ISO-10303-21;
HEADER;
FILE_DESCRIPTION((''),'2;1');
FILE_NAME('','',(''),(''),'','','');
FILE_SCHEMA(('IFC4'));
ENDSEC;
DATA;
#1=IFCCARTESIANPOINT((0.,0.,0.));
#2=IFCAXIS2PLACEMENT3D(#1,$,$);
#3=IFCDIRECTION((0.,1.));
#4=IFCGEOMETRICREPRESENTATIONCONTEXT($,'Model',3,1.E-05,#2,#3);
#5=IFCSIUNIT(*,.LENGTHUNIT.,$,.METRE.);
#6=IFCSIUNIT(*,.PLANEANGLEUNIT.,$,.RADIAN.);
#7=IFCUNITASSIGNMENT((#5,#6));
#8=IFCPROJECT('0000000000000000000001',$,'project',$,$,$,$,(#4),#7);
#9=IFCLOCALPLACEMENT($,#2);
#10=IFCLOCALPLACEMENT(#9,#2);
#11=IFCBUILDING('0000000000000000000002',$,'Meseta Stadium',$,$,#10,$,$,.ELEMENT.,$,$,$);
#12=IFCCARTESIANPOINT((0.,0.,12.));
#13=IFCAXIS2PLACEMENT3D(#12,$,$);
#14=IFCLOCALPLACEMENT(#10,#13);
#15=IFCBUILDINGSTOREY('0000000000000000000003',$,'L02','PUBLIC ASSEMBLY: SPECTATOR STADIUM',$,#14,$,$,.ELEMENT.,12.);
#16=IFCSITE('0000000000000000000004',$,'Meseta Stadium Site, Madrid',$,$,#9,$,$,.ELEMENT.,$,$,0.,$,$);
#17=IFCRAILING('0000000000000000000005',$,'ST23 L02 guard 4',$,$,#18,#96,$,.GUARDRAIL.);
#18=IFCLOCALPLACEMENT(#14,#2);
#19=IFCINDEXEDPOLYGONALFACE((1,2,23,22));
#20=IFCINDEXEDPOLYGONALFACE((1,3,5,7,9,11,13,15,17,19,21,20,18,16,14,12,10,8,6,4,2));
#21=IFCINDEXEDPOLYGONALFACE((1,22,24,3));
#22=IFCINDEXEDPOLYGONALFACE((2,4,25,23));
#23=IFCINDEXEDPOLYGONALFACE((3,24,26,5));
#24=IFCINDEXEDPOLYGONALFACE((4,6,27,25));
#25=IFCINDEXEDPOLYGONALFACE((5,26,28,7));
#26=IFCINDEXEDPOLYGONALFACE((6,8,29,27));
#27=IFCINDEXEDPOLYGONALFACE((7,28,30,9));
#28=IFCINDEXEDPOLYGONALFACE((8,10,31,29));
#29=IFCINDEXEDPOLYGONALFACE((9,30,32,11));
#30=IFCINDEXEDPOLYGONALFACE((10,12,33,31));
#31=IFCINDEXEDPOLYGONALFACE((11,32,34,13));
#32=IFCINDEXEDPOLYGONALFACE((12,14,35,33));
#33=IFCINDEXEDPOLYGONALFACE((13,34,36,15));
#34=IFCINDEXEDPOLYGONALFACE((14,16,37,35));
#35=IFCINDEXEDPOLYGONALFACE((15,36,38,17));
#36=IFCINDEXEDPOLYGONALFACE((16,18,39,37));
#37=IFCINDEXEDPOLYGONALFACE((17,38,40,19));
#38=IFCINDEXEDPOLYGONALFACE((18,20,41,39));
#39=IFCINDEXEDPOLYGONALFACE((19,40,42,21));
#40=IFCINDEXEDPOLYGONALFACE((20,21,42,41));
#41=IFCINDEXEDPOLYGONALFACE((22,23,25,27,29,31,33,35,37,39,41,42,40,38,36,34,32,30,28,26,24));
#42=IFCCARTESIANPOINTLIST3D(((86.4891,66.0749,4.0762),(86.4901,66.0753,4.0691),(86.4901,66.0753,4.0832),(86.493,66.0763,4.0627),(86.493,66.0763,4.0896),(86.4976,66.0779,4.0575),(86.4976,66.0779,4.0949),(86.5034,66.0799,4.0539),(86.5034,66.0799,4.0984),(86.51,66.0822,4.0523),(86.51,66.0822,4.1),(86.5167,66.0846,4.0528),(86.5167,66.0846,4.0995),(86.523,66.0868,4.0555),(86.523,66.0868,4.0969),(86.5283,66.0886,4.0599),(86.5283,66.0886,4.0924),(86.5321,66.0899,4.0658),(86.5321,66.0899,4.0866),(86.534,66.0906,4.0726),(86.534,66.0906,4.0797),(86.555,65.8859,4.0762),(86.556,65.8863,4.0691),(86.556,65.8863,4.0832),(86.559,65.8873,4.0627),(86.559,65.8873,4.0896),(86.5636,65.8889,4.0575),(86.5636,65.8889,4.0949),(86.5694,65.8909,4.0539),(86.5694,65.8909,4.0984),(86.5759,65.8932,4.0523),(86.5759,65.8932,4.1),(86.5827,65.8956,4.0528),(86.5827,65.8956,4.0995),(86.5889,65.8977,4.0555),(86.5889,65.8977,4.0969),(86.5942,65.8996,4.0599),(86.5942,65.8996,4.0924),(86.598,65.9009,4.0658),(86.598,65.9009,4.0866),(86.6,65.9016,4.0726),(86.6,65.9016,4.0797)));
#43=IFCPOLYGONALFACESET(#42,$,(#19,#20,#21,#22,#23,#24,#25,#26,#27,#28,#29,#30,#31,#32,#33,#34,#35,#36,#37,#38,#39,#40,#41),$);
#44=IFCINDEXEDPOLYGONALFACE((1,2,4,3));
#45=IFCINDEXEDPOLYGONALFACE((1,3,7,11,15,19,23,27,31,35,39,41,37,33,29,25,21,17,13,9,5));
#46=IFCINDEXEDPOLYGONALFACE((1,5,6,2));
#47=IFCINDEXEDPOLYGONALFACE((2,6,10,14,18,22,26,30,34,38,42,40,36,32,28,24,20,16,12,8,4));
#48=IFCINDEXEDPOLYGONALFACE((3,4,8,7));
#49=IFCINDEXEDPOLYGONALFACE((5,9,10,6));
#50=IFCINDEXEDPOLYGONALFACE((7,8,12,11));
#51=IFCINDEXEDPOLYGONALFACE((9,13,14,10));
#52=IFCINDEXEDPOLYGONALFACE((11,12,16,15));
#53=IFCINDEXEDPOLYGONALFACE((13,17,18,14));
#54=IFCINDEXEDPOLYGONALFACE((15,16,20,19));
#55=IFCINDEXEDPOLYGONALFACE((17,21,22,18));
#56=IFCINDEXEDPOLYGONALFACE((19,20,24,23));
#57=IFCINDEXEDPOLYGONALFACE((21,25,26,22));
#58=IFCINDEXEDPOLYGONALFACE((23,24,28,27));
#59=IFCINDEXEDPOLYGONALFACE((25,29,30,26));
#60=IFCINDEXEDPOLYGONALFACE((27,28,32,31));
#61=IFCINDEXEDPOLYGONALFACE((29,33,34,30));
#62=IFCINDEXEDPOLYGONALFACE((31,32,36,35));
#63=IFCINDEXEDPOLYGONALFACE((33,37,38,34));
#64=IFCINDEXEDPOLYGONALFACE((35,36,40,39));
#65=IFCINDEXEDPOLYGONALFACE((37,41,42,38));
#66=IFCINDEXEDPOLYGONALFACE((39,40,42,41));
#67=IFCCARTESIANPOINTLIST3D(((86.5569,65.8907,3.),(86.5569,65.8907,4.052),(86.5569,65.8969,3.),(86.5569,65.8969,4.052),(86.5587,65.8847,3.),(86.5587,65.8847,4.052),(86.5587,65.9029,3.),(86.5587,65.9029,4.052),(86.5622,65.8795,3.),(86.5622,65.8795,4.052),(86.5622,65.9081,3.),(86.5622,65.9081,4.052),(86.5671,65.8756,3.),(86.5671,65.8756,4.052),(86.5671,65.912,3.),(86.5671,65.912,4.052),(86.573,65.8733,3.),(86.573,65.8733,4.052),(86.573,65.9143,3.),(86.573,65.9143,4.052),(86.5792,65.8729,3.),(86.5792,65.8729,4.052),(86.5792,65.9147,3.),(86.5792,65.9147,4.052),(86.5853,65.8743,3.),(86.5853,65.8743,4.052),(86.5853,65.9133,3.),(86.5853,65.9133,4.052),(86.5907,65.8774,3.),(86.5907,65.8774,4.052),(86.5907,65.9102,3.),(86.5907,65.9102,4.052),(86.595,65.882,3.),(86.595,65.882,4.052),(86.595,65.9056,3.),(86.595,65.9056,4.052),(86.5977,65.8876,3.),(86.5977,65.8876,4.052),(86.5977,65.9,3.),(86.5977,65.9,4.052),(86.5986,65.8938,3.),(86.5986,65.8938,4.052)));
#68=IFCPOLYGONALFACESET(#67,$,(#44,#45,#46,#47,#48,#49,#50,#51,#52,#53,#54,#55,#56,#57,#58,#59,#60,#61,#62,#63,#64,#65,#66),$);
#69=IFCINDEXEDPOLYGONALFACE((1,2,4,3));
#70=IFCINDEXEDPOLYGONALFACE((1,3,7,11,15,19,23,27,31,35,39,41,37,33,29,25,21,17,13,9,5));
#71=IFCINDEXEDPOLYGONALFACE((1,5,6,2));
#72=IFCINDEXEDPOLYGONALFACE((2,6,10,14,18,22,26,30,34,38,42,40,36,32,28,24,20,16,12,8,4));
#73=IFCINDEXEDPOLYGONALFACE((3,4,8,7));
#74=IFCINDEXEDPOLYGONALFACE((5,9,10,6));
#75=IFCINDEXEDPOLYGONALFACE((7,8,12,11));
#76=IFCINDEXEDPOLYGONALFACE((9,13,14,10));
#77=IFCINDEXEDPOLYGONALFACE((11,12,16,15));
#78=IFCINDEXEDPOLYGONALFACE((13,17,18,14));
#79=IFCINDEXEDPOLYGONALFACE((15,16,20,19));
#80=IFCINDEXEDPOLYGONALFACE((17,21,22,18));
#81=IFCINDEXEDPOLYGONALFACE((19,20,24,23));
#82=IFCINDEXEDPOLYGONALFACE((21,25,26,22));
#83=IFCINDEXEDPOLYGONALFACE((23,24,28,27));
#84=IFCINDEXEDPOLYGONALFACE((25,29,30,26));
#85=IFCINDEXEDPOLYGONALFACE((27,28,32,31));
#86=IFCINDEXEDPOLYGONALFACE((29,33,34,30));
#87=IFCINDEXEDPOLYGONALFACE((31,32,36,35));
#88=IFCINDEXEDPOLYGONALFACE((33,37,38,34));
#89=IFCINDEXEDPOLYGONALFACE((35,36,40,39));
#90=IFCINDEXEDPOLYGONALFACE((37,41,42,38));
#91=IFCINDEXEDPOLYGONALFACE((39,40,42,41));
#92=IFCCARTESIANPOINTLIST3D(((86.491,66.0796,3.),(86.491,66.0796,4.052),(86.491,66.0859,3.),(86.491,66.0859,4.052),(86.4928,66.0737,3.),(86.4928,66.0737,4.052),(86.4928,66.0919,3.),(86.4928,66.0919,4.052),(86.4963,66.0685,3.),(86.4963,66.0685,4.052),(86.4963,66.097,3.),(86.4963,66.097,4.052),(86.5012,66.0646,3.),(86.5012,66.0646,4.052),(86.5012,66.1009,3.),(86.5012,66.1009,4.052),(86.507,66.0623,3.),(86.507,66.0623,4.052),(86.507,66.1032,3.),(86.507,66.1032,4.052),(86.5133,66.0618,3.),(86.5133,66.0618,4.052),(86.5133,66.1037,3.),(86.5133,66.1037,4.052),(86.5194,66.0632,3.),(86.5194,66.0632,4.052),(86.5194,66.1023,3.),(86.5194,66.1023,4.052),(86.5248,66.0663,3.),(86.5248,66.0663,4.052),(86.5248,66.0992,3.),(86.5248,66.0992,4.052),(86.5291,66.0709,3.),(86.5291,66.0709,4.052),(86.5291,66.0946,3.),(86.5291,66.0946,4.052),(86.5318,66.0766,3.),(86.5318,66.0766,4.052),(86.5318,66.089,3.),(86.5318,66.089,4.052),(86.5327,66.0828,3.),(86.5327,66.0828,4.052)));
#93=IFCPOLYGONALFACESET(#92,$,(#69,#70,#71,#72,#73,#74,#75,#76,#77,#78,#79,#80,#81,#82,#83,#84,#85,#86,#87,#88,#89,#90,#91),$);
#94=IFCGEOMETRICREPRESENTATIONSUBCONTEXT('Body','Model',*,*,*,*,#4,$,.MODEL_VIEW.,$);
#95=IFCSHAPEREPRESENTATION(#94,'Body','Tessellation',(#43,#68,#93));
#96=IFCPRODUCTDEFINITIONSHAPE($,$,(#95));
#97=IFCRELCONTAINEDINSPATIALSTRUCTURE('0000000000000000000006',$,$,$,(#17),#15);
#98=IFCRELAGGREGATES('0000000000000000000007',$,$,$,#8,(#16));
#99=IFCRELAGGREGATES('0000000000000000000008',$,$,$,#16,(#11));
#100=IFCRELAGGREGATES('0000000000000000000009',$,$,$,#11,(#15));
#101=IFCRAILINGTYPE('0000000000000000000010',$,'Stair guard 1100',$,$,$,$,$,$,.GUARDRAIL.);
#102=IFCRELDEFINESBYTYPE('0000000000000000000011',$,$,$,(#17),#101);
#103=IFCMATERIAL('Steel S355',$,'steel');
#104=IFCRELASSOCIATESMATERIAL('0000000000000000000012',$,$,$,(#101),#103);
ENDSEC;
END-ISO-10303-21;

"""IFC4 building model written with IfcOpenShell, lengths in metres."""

from ifc_helpers import new_model, si_unit, direction, frame, origin, origin_2d, place, context, subcontext, project, spatial, circle, extrude, material, type_object, element, save


model = new_model("IFC4")

# Units and contexts
model_context = context("Model", 3, precision=1e-05, world=origin(), true_north=direction((0.0, 1.0)))
body_context = subcontext(model_context, "Body", "Model", "MODEL_VIEW")
ifc_project = project(units=[si_unit("LENGTHUNIT", "METRE"), si_unit("PLANEANGLEUNIT", "RADIAN")], contexts=[model_context])

# Site, building, storey
site_placement = place(None, origin())
site = spatial("IfcSite", under=ifc_project, at=site_placement, Name="Meseta Stadium Site, Madrid", CompositionType="ELEMENT", RefElevation=0.0)
building_placement = place(site_placement, origin())
building = spatial("IfcBuilding", under=site, at=building_placement, Name="Meseta Stadium", CompositionType="ELEMENT")
storey_placement = place(building_placement, frame((0.0, 0.0, 12.0)))
storey = spatial("IfcBuildingStorey", under=building, at=storey_placement, Name="L02", Description="PUBLIC ASSEMBLY: SPECTATOR STADIUM", CompositionType="ELEMENT", Elevation=12.0)

# Railing
ifc_material_1 = material(Name="Steel S355", Category="steel")
railing_type_1 = type_object("IfcRailingType", Name="Stair guard 1100", PredefinedType="GUARDRAIL", material=ifc_material_1)
railing_1_placement = place(storey_placement, frame((86.5776, 65.8938, 3.0)))
element("IfcRailing", 1, at=railing_1_placement, inside=storey, type_object=railing_type_1, Name="ST23 L02 guard 4", PredefinedType="GUARDRAIL", context=body_context, shape_type="SweptSolid", body=[
    extrude(circle(Radius=0.0239, at=origin_2d()), frame((0.0, 0.0, 1.0762), z_axis=(-0.329372, 0.9442, 0.0), x_axis=(-0.9442, -0.329372, 0.0)), (0.0, 0.0, 1.0), 0.2002),
    extrude(circle(Radius=0.021, at=origin_2d()), origin(), (0.0, 0.0, 1.0), 1.052),
    extrude(circle(Radius=0.021, at=origin_2d()), frame((-0.0659, 0.189, 0.0)), (0.0, 0.0, 1.0), 1.052),
])

save(model, "model.ifc")
